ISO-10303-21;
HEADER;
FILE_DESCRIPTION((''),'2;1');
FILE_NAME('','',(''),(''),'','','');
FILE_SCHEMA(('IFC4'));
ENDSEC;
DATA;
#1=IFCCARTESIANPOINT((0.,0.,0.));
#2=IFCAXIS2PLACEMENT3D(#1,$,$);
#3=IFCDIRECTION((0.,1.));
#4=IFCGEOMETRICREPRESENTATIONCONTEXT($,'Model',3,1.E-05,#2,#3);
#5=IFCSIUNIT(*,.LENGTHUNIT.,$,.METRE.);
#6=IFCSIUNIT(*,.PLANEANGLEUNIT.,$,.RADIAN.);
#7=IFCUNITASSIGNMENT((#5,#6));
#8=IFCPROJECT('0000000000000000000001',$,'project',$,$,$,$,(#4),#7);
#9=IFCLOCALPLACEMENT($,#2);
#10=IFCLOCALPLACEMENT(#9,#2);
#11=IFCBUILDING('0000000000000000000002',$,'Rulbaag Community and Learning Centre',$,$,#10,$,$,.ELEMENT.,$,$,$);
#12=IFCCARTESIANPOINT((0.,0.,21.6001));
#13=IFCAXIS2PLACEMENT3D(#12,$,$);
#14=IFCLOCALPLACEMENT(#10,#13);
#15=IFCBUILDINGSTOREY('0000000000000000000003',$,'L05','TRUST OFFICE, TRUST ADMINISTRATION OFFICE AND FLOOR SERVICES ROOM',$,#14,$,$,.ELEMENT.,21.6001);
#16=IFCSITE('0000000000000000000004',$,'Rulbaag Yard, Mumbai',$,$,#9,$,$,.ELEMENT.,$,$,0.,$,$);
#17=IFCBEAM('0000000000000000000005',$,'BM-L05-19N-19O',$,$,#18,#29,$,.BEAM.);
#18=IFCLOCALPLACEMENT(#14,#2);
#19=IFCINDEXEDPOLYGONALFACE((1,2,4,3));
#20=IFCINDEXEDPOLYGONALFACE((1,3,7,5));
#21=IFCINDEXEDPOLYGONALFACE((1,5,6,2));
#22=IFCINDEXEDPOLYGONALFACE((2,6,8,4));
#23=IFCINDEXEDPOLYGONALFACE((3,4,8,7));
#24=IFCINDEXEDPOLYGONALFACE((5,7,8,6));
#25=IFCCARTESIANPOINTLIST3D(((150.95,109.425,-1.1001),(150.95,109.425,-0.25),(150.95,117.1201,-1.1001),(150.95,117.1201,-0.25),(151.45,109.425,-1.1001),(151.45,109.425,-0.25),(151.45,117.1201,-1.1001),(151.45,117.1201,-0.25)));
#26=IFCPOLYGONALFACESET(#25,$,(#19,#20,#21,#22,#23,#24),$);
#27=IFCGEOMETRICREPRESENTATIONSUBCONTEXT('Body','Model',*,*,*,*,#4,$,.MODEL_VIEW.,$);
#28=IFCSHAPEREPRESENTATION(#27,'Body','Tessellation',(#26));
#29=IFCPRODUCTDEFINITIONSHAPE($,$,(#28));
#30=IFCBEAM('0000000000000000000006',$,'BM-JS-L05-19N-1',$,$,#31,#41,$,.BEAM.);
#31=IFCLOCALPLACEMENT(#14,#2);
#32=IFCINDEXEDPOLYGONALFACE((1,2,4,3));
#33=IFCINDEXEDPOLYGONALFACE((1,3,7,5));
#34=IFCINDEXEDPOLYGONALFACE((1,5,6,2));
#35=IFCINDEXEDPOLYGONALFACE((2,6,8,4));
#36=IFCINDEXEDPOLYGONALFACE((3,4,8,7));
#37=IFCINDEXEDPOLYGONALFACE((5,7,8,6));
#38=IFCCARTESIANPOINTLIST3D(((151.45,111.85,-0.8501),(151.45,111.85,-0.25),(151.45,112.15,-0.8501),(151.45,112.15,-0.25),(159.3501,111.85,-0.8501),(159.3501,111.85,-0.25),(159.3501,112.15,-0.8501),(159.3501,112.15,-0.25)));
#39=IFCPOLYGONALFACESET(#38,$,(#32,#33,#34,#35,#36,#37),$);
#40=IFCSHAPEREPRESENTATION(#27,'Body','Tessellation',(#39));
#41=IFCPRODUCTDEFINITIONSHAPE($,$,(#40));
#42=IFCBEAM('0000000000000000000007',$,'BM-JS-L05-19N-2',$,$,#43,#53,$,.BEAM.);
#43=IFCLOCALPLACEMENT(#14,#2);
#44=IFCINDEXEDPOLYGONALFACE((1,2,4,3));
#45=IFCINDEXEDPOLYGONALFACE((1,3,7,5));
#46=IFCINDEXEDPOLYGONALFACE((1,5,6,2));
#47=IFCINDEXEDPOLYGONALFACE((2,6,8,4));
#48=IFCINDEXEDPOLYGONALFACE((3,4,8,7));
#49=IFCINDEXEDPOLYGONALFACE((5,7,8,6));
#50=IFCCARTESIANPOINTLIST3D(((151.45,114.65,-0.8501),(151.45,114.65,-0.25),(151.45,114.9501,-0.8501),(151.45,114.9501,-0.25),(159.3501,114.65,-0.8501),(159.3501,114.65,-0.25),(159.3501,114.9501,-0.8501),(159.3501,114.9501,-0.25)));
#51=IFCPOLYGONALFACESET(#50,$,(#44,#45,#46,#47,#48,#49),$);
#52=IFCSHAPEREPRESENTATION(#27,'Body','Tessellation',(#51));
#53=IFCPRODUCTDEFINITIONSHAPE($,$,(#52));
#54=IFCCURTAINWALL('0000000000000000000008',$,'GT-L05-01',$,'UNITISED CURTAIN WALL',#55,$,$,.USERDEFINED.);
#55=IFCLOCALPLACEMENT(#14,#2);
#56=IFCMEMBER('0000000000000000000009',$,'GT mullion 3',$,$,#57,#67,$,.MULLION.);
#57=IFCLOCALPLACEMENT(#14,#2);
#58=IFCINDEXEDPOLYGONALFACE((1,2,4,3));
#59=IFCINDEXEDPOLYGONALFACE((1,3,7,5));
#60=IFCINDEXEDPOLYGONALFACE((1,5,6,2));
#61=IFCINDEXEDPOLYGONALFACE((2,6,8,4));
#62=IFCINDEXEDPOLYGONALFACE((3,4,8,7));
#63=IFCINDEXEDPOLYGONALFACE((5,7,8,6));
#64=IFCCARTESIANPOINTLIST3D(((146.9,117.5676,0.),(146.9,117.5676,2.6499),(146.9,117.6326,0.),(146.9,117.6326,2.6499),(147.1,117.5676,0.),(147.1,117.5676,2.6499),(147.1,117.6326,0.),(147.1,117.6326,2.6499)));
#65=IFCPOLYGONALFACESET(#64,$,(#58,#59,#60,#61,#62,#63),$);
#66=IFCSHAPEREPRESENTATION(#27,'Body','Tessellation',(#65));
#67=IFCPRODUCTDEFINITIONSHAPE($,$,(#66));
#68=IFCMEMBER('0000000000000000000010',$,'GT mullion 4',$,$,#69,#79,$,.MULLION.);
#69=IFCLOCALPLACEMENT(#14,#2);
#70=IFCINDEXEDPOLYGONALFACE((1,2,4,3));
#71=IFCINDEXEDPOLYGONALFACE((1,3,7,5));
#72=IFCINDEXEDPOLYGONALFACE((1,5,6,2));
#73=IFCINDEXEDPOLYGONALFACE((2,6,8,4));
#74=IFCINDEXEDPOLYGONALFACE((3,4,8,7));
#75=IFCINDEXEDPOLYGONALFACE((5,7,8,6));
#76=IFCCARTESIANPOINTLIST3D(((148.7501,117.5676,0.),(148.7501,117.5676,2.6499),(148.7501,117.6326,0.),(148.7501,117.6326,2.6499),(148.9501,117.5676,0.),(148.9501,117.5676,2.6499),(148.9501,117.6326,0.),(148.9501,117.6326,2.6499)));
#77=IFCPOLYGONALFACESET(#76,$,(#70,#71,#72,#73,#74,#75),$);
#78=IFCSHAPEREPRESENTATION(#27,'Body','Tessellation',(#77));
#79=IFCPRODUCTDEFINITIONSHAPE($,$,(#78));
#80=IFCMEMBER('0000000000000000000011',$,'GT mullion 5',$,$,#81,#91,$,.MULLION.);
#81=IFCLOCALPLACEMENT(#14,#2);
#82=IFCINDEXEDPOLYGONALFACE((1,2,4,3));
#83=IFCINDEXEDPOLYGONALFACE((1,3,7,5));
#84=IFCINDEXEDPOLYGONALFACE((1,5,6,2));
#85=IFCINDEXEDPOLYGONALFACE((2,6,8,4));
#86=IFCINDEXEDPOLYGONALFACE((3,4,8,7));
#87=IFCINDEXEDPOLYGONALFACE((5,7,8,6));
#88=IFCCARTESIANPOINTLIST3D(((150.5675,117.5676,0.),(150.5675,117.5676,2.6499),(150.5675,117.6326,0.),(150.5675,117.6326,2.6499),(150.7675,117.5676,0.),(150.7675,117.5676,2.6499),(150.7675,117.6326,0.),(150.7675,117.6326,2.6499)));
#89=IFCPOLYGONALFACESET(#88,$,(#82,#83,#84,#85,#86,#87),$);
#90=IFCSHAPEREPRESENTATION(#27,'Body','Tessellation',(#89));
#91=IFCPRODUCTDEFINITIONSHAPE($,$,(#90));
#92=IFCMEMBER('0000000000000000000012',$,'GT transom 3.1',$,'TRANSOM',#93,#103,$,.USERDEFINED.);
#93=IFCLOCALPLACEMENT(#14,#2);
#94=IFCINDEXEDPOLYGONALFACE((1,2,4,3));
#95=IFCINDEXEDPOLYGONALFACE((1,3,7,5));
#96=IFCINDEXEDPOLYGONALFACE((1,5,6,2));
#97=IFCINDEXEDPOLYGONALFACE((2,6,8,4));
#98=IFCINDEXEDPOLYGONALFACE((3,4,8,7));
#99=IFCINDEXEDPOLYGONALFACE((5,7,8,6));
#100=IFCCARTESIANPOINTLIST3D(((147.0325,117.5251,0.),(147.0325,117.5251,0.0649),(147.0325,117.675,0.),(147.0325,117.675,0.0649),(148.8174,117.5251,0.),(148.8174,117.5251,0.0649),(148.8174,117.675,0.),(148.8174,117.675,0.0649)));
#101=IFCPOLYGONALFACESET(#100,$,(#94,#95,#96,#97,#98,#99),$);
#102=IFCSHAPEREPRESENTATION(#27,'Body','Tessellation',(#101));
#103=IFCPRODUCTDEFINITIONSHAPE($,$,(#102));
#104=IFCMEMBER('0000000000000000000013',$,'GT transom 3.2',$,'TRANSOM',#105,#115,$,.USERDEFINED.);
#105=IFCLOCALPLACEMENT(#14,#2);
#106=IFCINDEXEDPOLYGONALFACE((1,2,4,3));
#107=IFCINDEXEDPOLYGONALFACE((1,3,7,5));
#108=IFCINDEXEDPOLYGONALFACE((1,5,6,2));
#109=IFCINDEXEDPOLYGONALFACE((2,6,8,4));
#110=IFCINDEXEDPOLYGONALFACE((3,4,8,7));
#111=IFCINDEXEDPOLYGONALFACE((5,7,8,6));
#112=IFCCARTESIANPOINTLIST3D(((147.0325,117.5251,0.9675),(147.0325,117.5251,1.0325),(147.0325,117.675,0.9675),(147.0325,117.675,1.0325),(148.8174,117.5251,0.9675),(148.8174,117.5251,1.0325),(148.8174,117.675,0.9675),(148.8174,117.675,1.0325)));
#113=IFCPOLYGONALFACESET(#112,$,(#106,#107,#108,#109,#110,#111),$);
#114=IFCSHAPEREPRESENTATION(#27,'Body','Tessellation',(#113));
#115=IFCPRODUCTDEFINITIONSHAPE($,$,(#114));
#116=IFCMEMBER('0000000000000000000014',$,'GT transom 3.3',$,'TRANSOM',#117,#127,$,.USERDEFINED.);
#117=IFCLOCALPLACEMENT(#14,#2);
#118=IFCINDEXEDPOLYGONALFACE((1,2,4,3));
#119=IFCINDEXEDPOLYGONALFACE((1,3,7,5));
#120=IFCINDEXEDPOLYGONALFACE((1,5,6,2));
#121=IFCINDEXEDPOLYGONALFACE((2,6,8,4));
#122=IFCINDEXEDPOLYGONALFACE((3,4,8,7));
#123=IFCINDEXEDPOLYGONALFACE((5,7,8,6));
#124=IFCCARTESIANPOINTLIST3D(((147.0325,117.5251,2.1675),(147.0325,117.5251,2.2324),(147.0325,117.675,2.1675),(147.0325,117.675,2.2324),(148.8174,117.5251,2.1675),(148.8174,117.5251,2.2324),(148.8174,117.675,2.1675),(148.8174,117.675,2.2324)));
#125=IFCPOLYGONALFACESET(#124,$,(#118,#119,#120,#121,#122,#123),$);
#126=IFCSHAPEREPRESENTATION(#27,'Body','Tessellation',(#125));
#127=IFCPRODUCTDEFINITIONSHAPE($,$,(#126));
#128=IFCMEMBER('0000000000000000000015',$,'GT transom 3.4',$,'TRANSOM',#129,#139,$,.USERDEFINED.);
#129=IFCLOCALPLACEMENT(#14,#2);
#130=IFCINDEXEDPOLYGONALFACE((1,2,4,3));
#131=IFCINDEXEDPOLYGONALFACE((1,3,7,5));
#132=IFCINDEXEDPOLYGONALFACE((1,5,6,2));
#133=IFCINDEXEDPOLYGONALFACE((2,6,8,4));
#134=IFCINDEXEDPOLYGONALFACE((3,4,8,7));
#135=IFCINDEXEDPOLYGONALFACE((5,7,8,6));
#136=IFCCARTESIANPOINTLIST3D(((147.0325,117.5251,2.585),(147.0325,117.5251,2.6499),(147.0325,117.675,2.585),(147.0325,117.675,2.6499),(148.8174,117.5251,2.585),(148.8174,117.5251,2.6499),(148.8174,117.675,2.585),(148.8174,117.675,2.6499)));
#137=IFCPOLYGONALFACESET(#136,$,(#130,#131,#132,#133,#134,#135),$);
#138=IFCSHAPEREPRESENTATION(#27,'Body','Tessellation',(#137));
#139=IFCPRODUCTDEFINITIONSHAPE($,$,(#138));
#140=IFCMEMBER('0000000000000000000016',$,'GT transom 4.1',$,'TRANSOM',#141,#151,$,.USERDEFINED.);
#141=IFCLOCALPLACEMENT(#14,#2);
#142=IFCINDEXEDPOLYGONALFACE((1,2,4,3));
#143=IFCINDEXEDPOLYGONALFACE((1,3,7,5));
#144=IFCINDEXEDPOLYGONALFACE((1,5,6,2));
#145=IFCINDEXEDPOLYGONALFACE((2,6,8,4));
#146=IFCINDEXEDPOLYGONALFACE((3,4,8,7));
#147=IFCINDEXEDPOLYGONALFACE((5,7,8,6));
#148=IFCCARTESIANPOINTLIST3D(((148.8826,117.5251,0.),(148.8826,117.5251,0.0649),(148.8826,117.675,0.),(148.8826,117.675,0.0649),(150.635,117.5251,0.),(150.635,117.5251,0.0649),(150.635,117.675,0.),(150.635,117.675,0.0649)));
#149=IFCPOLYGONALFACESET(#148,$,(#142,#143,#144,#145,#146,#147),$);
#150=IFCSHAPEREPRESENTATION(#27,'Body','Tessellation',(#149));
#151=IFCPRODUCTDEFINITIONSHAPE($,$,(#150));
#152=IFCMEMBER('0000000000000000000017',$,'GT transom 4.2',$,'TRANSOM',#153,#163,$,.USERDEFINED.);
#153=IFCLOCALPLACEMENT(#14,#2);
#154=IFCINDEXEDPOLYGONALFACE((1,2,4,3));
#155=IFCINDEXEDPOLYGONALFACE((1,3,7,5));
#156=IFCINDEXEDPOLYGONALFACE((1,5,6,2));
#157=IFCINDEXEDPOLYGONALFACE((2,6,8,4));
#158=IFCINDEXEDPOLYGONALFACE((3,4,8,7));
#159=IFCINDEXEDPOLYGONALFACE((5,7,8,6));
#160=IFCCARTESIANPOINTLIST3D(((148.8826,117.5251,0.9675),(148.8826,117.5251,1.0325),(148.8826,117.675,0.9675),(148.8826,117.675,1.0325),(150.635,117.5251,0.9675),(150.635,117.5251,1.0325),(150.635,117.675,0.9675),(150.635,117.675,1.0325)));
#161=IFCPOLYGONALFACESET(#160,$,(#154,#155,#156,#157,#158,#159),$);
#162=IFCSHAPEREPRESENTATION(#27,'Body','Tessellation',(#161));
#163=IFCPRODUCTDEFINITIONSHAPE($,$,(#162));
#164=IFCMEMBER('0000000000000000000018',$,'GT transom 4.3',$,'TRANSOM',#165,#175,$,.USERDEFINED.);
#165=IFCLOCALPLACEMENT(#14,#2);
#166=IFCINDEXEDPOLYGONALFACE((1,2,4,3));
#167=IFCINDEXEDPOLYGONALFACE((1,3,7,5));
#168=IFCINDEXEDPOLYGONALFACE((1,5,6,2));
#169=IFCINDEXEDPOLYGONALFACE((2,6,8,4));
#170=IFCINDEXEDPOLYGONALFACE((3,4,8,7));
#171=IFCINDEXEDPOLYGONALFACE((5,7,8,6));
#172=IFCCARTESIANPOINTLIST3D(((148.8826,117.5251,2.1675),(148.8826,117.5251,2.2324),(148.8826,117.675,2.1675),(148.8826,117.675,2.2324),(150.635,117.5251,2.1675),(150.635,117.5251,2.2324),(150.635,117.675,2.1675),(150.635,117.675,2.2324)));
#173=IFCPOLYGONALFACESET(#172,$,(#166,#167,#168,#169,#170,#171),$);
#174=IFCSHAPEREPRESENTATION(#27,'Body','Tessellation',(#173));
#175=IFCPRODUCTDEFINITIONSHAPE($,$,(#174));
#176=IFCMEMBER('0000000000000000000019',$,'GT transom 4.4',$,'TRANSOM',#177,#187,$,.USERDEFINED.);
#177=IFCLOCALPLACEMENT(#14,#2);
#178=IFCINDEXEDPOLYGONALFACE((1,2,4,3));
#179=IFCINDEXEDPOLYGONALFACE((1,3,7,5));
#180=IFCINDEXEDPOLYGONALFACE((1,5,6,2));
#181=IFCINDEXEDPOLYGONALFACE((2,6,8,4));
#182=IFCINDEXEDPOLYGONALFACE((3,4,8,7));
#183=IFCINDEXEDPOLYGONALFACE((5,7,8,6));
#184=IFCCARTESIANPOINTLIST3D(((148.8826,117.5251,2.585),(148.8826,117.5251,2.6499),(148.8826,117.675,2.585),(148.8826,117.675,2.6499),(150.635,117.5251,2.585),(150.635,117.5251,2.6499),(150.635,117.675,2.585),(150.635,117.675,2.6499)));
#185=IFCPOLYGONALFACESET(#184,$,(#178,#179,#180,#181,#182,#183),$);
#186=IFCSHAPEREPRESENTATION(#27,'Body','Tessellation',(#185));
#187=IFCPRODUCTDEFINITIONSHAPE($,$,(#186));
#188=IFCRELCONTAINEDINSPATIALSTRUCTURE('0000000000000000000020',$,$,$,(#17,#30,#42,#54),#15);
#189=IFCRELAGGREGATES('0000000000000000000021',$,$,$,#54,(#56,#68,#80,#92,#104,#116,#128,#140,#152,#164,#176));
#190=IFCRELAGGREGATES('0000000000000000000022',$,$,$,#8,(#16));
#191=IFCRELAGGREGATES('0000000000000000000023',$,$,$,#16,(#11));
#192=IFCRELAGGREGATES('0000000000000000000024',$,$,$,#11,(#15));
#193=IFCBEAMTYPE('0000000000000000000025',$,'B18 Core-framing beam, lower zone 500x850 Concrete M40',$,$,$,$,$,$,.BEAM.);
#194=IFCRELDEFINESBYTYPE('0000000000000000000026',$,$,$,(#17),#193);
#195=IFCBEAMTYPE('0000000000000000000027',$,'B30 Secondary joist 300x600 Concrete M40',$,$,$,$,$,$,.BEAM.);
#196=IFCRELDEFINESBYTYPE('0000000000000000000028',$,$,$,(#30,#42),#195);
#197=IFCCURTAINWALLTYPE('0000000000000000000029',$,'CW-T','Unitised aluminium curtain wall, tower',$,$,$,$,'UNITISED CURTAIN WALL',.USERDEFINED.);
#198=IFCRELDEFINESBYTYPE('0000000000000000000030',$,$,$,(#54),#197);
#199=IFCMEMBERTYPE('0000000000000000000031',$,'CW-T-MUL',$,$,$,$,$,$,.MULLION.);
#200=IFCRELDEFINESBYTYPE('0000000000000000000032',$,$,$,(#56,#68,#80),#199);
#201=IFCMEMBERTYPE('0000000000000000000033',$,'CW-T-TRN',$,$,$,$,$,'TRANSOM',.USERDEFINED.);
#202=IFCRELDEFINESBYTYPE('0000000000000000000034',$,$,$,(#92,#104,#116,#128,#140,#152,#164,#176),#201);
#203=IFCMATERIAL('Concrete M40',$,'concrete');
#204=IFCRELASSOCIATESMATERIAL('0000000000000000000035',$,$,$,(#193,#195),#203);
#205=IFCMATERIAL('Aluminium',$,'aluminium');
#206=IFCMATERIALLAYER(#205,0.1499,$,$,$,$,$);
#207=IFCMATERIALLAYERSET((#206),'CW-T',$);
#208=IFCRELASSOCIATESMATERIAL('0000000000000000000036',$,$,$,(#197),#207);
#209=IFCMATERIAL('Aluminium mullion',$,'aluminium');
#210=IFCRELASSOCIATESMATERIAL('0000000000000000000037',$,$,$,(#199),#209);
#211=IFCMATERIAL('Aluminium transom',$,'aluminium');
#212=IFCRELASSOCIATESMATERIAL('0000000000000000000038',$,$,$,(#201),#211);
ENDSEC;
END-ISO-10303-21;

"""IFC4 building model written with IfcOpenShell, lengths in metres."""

from ifc_helpers import new_model, si_unit, direction, frame, origin, origin_2d, place, context, subcontext, project, spatial, rectangle, extrude, material, layer, layer_set, material_profile, profile_set, type_object, element, aggregate, save


model = new_model("IFC4")

# Units and contexts
model_context = context("Model", 3, precision=1e-05, world=origin(), true_north=direction((0.0, 1.0)))
body_context = subcontext(model_context, "Body", "Model", "MODEL_VIEW")
ifc_project = project(units=[si_unit("LENGTHUNIT", "METRE"), si_unit("PLANEANGLEUNIT", "RADIAN")], contexts=[model_context])

# Site, building, storey
site_placement = place(None, origin())
site = spatial("IfcSite", under=ifc_project, at=site_placement, Name="Rulbaag Yard, Mumbai", CompositionType="ELEMENT", RefElevation=0.0)
building_placement = place(site_placement, origin())
building = spatial("IfcBuilding", under=site, at=building_placement, Name="Rulbaag Community and Learning Centre", CompositionType="ELEMENT")
storey_placement = place(building_placement, frame((0.0, 0.0, 21.6001)))
storey = spatial("IfcBuildingStorey", under=building, at=storey_placement, Name="L05", Description="TRUST OFFICE, TRUST ADMINISTRATION OFFICE AND FLOOR SERVICES ROOM", CompositionType="ELEMENT", Elevation=21.6001)

# Beams
ifc_material_1 = material(Name="Concrete M40", Category="concrete")
ifc_material_profile_1 = material_profile(ifc_material_1, rectangle(XDim=0.5, YDim=0.8501, at=origin_2d()), Name="RB500x850")
ifc_profile_set_1 = profile_set([ifc_material_profile_1], Name="Concrete M40")
beam_type_1 = type_object("IfcBeamType", Name="B18 Core-framing beam, lower zone 500x850 Concrete M40", PredefinedType="BEAM", material=ifc_profile_set_1)
beam_placement = place(storey_placement, frame((151.2, 109.425, -0.675), z_axis=(0.0, 1.0, 0.0), x_axis=(-1.0, 0.0, 0.0)))
element("IfcBeam", 1, at=beam_placement, inside=storey, type_object=beam_type_1, Name="BM-L05-19N-19O", PredefinedType="BEAM", context=body_context, shape_type="SweptSolid", body=[
    extrude(rectangle(XDim=0.5, YDim=0.8501, at=origin_2d()), origin(), (0.0, 0.0, 1.0), 7.6951),
])
ifc_material_profile_2 = material_profile(ifc_material_1, rectangle(XDim=0.3, YDim=0.6001, at=origin_2d()), Name="RB300x600")
ifc_profile_set_2 = profile_set([ifc_material_profile_2], Name="Concrete M40")
beam_type_2 = type_object("IfcBeamType", Name="B30 Secondary joist 300x600 Concrete M40", PredefinedType="BEAM", material=ifc_profile_set_2)
for number, where, z_axis, x_axis, name in (
    (2, (151.45, 112.0, -0.55), (1.0, 0.0, 0.0), (0.0, 1.0, 0.0), "BM-JS-L05-19N-1"),
    (3, (151.45, 114.8, -0.55), (1.0, 0.0, 0.0), (0.0, 1.0, 0.0), "BM-JS-L05-19N-2"),
):
    element("IfcBeam", number, at=place(storey_placement, frame(where, z_axis=z_axis, x_axis=x_axis)), inside=storey, type_object=beam_type_2, Name=name, PredefinedType="BEAM", context=body_context, shape_type="SweptSolid", body=[
        extrude(rectangle(XDim=0.3, YDim=0.6001, at=origin_2d()), origin(), (0.0, 0.0, 1.0), 7.9001),
    ])

# Curtain wall, members
ifc_material_2 = material(Name="Aluminium", Category="aluminium")
ifc_layer_1 = layer(ifc_material_2, 0.1499)
ifc_layer_set_1 = layer_set([ifc_layer_1], Name="CW-T")
curtain_wall_type = type_object("IfcCurtainWallType", Name="CW-T", Description="Unitised aluminium curtain wall, tower", ElementType="UNITISED CURTAIN WALL", PredefinedType="USERDEFINED", material=ifc_layer_set_1)
curtain_wall_placement = place(storey_placement, origin())
curtain_wall = element("IfcCurtainWall", 4, at=curtain_wall_placement, inside=storey, type_object=curtain_wall_type, Name="GT-L05-01", ObjectType="UNITISED CURTAIN WALL", PredefinedType="USERDEFINED")
ifc_material_3 = material(Name="Aluminium mullion", Category="aluminium")
ifc_material_profile_3 = material_profile(ifc_material_3, rectangle(XDim=0.0649, YDim=0.2, at=origin_2d()), Name="AL 65x200")
ifc_profile_set_3 = profile_set([ifc_material_profile_3], Name="Aluminium mullion")
member_type_1 = type_object("IfcMemberType", Name="CW-T-MUL", PredefinedType="MULLION", material=ifc_profile_set_3)
member_1_placement = place(storey_placement, frame((147.0, 117.6001, 0.0), z_axis=(0.0, 0.0, 1.0), x_axis=(0.0, 1.0, 0.0)))
member_1 = element("IfcMember", 5, at=member_1_placement, type_object=member_type_1, Name="GT mullion 3", PredefinedType="MULLION", context=body_context, shape_type="SweptSolid", body=[
    extrude(rectangle(XDim=0.0649, YDim=0.2, at=origin_2d()), origin(), (0.0, 0.0, 1.0), 2.6499),
])
member_2_placement = place(storey_placement, frame((148.8501, 117.6001, 0.0), z_axis=(0.0, 0.0, 1.0), x_axis=(0.0, 1.0, 0.0)))
member_2 = element("IfcMember", 6, at=member_2_placement, type_object=member_type_1, Name="GT mullion 4", PredefinedType="MULLION", context=body_context, shape_type="SweptSolid", body=[
    extrude(rectangle(XDim=0.0649, YDim=0.2, at=origin_2d()), origin(), (0.0, 0.0, 1.0), 2.6499),
])
member_3_placement = place(storey_placement, frame((150.6675, 117.6001, 0.0), z_axis=(0.0, 0.0, 1.0), x_axis=(0.0, 1.0, 0.0)))
member_3 = element("IfcMember", 7, at=member_3_placement, type_object=member_type_1, Name="GT mullion 5", PredefinedType="MULLION", context=body_context, shape_type="SweptSolid", body=[
    extrude(rectangle(XDim=0.0649, YDim=0.2, at=origin_2d()), origin(), (0.0, 0.0, 1.0), 2.6499),
])
ifc_material_4 = material(Name="Aluminium transom", Category="aluminium")
ifc_material_profile_4 = material_profile(ifc_material_4, rectangle(XDim=0.1499, YDim=0.0649, at=origin_2d()), Name="AL 65x150 T")
ifc_profile_set_4 = profile_set([ifc_material_profile_4], Name="Aluminium transom")
member_type_2 = type_object("IfcMemberType", Name="CW-T-TRN", ElementType="TRANSOM", PredefinedType="USERDEFINED", material=ifc_profile_set_4)
member_4_placement = place(storey_placement, frame((147.0325, 117.6001, 0.0325), z_axis=(1.0, 0.0, 0.0), x_axis=(0.0, 1.0, 0.0)))
member_4 = element("IfcMember", 8, at=member_4_placement, type_object=member_type_2, Name="GT transom 3.1", ObjectType="TRANSOM", PredefinedType="USERDEFINED", context=body_context, shape_type="SweptSolid", body=[
    extrude(rectangle(XDim=0.1499, YDim=0.0649, at=origin_2d()), origin(), (0.0, 0.0, 1.0), 1.7849),
])
member_5_placement = place(storey_placement, frame((147.0325, 117.6001, 1.0), z_axis=(1.0, 0.0, 0.0), x_axis=(0.0, 1.0, 0.0)))
member_5 = element("IfcMember", 9, at=member_5_placement, type_object=member_type_2, Name="GT transom 3.2", ObjectType="TRANSOM", PredefinedType="USERDEFINED", context=body_context, shape_type="SweptSolid", body=[
    extrude(rectangle(XDim=0.1499, YDim=0.0649, at=origin_2d()), origin(), (0.0, 0.0, 1.0), 1.7849),
])
member_6_placement = place(storey_placement, frame((147.0325, 117.6001, 2.2), z_axis=(1.0, 0.0, 0.0), x_axis=(0.0, 1.0, 0.0)))
member_6 = element("IfcMember", 10, at=member_6_placement, type_object=member_type_2, Name="GT transom 3.3", ObjectType="TRANSOM", PredefinedType="USERDEFINED", context=body_context, shape_type="SweptSolid", body=[
    extrude(rectangle(XDim=0.1499, YDim=0.0649, at=origin_2d()), origin(), (0.0, 0.0, 1.0), 1.7849),
])
member_7_placement = place(storey_placement, frame((147.0325, 117.6001, 2.6174), z_axis=(1.0, 0.0, 0.0), x_axis=(0.0, 1.0, 0.0)))
member_7 = element("IfcMember", 11, at=member_7_placement, type_object=member_type_2, Name="GT transom 3.4", ObjectType="TRANSOM", PredefinedType="USERDEFINED", context=body_context, shape_type="SweptSolid", body=[
    extrude(rectangle(XDim=0.1499, YDim=0.0649, at=origin_2d()), origin(), (0.0, 0.0, 1.0), 1.7849),
])
member_8_placement = place(storey_placement, frame((148.8826, 117.6001, 0.0325), z_axis=(1.0, 0.0, 0.0), x_axis=(0.0, 1.0, 0.0)))
member_8 = element("IfcMember", 12, at=member_8_placement, type_object=member_type_2, Name="GT transom 4.1", ObjectType="TRANSOM", PredefinedType="USERDEFINED", context=body_context, shape_type="SweptSolid", body=[
    extrude(rectangle(XDim=0.1499, YDim=0.0649, at=origin_2d()), origin(), (0.0, 0.0, 1.0), 1.7524),
])
member_9_placement = place(storey_placement, frame((148.8826, 117.6001, 1.0), z_axis=(1.0, 0.0, 0.0), x_axis=(0.0, 1.0, 0.0)))
member_9 = element("IfcMember", 13, at=member_9_placement, type_object=member_type_2, Name="GT transom 4.2", ObjectType="TRANSOM", PredefinedType="USERDEFINED", context=body_context, shape_type="SweptSolid", body=[
    extrude(rectangle(XDim=0.1499, YDim=0.0649, at=origin_2d()), origin(), (0.0, 0.0, 1.0), 1.7524),
])
member_10_placement = place(storey_placement, frame((148.8826, 117.6001, 2.2), z_axis=(1.0, 0.0, 0.0), x_axis=(0.0, 1.0, 0.0)))
member_10 = element("IfcMember", 14, at=member_10_placement, type_object=member_type_2, Name="GT transom 4.3", ObjectType="TRANSOM", PredefinedType="USERDEFINED", context=body_context, shape_type="SweptSolid", body=[
    extrude(rectangle(XDim=0.1499, YDim=0.0649, at=origin_2d()), origin(), (0.0, 0.0, 1.0), 1.7524),
])
member_11_placement = place(storey_placement, frame((148.8826, 117.6001, 2.6174), z_axis=(1.0, 0.0, 0.0), x_axis=(0.0, 1.0, 0.0)))
member_11 = element("IfcMember", 15, at=member_11_placement, type_object=member_type_2, Name="GT transom 4.4", ObjectType="TRANSOM", PredefinedType="USERDEFINED", context=body_context, shape_type="SweptSolid", body=[
    extrude(rectangle(XDim=0.1499, YDim=0.0649, at=origin_2d()), origin(), (0.0, 0.0, 1.0), 1.7524),
])
aggregate(curtain_wall, [member_1, member_2, member_3, member_4, member_5, member_6, member_7, member_8, member_9, member_10, member_11])

save(model, "model.ifc")
